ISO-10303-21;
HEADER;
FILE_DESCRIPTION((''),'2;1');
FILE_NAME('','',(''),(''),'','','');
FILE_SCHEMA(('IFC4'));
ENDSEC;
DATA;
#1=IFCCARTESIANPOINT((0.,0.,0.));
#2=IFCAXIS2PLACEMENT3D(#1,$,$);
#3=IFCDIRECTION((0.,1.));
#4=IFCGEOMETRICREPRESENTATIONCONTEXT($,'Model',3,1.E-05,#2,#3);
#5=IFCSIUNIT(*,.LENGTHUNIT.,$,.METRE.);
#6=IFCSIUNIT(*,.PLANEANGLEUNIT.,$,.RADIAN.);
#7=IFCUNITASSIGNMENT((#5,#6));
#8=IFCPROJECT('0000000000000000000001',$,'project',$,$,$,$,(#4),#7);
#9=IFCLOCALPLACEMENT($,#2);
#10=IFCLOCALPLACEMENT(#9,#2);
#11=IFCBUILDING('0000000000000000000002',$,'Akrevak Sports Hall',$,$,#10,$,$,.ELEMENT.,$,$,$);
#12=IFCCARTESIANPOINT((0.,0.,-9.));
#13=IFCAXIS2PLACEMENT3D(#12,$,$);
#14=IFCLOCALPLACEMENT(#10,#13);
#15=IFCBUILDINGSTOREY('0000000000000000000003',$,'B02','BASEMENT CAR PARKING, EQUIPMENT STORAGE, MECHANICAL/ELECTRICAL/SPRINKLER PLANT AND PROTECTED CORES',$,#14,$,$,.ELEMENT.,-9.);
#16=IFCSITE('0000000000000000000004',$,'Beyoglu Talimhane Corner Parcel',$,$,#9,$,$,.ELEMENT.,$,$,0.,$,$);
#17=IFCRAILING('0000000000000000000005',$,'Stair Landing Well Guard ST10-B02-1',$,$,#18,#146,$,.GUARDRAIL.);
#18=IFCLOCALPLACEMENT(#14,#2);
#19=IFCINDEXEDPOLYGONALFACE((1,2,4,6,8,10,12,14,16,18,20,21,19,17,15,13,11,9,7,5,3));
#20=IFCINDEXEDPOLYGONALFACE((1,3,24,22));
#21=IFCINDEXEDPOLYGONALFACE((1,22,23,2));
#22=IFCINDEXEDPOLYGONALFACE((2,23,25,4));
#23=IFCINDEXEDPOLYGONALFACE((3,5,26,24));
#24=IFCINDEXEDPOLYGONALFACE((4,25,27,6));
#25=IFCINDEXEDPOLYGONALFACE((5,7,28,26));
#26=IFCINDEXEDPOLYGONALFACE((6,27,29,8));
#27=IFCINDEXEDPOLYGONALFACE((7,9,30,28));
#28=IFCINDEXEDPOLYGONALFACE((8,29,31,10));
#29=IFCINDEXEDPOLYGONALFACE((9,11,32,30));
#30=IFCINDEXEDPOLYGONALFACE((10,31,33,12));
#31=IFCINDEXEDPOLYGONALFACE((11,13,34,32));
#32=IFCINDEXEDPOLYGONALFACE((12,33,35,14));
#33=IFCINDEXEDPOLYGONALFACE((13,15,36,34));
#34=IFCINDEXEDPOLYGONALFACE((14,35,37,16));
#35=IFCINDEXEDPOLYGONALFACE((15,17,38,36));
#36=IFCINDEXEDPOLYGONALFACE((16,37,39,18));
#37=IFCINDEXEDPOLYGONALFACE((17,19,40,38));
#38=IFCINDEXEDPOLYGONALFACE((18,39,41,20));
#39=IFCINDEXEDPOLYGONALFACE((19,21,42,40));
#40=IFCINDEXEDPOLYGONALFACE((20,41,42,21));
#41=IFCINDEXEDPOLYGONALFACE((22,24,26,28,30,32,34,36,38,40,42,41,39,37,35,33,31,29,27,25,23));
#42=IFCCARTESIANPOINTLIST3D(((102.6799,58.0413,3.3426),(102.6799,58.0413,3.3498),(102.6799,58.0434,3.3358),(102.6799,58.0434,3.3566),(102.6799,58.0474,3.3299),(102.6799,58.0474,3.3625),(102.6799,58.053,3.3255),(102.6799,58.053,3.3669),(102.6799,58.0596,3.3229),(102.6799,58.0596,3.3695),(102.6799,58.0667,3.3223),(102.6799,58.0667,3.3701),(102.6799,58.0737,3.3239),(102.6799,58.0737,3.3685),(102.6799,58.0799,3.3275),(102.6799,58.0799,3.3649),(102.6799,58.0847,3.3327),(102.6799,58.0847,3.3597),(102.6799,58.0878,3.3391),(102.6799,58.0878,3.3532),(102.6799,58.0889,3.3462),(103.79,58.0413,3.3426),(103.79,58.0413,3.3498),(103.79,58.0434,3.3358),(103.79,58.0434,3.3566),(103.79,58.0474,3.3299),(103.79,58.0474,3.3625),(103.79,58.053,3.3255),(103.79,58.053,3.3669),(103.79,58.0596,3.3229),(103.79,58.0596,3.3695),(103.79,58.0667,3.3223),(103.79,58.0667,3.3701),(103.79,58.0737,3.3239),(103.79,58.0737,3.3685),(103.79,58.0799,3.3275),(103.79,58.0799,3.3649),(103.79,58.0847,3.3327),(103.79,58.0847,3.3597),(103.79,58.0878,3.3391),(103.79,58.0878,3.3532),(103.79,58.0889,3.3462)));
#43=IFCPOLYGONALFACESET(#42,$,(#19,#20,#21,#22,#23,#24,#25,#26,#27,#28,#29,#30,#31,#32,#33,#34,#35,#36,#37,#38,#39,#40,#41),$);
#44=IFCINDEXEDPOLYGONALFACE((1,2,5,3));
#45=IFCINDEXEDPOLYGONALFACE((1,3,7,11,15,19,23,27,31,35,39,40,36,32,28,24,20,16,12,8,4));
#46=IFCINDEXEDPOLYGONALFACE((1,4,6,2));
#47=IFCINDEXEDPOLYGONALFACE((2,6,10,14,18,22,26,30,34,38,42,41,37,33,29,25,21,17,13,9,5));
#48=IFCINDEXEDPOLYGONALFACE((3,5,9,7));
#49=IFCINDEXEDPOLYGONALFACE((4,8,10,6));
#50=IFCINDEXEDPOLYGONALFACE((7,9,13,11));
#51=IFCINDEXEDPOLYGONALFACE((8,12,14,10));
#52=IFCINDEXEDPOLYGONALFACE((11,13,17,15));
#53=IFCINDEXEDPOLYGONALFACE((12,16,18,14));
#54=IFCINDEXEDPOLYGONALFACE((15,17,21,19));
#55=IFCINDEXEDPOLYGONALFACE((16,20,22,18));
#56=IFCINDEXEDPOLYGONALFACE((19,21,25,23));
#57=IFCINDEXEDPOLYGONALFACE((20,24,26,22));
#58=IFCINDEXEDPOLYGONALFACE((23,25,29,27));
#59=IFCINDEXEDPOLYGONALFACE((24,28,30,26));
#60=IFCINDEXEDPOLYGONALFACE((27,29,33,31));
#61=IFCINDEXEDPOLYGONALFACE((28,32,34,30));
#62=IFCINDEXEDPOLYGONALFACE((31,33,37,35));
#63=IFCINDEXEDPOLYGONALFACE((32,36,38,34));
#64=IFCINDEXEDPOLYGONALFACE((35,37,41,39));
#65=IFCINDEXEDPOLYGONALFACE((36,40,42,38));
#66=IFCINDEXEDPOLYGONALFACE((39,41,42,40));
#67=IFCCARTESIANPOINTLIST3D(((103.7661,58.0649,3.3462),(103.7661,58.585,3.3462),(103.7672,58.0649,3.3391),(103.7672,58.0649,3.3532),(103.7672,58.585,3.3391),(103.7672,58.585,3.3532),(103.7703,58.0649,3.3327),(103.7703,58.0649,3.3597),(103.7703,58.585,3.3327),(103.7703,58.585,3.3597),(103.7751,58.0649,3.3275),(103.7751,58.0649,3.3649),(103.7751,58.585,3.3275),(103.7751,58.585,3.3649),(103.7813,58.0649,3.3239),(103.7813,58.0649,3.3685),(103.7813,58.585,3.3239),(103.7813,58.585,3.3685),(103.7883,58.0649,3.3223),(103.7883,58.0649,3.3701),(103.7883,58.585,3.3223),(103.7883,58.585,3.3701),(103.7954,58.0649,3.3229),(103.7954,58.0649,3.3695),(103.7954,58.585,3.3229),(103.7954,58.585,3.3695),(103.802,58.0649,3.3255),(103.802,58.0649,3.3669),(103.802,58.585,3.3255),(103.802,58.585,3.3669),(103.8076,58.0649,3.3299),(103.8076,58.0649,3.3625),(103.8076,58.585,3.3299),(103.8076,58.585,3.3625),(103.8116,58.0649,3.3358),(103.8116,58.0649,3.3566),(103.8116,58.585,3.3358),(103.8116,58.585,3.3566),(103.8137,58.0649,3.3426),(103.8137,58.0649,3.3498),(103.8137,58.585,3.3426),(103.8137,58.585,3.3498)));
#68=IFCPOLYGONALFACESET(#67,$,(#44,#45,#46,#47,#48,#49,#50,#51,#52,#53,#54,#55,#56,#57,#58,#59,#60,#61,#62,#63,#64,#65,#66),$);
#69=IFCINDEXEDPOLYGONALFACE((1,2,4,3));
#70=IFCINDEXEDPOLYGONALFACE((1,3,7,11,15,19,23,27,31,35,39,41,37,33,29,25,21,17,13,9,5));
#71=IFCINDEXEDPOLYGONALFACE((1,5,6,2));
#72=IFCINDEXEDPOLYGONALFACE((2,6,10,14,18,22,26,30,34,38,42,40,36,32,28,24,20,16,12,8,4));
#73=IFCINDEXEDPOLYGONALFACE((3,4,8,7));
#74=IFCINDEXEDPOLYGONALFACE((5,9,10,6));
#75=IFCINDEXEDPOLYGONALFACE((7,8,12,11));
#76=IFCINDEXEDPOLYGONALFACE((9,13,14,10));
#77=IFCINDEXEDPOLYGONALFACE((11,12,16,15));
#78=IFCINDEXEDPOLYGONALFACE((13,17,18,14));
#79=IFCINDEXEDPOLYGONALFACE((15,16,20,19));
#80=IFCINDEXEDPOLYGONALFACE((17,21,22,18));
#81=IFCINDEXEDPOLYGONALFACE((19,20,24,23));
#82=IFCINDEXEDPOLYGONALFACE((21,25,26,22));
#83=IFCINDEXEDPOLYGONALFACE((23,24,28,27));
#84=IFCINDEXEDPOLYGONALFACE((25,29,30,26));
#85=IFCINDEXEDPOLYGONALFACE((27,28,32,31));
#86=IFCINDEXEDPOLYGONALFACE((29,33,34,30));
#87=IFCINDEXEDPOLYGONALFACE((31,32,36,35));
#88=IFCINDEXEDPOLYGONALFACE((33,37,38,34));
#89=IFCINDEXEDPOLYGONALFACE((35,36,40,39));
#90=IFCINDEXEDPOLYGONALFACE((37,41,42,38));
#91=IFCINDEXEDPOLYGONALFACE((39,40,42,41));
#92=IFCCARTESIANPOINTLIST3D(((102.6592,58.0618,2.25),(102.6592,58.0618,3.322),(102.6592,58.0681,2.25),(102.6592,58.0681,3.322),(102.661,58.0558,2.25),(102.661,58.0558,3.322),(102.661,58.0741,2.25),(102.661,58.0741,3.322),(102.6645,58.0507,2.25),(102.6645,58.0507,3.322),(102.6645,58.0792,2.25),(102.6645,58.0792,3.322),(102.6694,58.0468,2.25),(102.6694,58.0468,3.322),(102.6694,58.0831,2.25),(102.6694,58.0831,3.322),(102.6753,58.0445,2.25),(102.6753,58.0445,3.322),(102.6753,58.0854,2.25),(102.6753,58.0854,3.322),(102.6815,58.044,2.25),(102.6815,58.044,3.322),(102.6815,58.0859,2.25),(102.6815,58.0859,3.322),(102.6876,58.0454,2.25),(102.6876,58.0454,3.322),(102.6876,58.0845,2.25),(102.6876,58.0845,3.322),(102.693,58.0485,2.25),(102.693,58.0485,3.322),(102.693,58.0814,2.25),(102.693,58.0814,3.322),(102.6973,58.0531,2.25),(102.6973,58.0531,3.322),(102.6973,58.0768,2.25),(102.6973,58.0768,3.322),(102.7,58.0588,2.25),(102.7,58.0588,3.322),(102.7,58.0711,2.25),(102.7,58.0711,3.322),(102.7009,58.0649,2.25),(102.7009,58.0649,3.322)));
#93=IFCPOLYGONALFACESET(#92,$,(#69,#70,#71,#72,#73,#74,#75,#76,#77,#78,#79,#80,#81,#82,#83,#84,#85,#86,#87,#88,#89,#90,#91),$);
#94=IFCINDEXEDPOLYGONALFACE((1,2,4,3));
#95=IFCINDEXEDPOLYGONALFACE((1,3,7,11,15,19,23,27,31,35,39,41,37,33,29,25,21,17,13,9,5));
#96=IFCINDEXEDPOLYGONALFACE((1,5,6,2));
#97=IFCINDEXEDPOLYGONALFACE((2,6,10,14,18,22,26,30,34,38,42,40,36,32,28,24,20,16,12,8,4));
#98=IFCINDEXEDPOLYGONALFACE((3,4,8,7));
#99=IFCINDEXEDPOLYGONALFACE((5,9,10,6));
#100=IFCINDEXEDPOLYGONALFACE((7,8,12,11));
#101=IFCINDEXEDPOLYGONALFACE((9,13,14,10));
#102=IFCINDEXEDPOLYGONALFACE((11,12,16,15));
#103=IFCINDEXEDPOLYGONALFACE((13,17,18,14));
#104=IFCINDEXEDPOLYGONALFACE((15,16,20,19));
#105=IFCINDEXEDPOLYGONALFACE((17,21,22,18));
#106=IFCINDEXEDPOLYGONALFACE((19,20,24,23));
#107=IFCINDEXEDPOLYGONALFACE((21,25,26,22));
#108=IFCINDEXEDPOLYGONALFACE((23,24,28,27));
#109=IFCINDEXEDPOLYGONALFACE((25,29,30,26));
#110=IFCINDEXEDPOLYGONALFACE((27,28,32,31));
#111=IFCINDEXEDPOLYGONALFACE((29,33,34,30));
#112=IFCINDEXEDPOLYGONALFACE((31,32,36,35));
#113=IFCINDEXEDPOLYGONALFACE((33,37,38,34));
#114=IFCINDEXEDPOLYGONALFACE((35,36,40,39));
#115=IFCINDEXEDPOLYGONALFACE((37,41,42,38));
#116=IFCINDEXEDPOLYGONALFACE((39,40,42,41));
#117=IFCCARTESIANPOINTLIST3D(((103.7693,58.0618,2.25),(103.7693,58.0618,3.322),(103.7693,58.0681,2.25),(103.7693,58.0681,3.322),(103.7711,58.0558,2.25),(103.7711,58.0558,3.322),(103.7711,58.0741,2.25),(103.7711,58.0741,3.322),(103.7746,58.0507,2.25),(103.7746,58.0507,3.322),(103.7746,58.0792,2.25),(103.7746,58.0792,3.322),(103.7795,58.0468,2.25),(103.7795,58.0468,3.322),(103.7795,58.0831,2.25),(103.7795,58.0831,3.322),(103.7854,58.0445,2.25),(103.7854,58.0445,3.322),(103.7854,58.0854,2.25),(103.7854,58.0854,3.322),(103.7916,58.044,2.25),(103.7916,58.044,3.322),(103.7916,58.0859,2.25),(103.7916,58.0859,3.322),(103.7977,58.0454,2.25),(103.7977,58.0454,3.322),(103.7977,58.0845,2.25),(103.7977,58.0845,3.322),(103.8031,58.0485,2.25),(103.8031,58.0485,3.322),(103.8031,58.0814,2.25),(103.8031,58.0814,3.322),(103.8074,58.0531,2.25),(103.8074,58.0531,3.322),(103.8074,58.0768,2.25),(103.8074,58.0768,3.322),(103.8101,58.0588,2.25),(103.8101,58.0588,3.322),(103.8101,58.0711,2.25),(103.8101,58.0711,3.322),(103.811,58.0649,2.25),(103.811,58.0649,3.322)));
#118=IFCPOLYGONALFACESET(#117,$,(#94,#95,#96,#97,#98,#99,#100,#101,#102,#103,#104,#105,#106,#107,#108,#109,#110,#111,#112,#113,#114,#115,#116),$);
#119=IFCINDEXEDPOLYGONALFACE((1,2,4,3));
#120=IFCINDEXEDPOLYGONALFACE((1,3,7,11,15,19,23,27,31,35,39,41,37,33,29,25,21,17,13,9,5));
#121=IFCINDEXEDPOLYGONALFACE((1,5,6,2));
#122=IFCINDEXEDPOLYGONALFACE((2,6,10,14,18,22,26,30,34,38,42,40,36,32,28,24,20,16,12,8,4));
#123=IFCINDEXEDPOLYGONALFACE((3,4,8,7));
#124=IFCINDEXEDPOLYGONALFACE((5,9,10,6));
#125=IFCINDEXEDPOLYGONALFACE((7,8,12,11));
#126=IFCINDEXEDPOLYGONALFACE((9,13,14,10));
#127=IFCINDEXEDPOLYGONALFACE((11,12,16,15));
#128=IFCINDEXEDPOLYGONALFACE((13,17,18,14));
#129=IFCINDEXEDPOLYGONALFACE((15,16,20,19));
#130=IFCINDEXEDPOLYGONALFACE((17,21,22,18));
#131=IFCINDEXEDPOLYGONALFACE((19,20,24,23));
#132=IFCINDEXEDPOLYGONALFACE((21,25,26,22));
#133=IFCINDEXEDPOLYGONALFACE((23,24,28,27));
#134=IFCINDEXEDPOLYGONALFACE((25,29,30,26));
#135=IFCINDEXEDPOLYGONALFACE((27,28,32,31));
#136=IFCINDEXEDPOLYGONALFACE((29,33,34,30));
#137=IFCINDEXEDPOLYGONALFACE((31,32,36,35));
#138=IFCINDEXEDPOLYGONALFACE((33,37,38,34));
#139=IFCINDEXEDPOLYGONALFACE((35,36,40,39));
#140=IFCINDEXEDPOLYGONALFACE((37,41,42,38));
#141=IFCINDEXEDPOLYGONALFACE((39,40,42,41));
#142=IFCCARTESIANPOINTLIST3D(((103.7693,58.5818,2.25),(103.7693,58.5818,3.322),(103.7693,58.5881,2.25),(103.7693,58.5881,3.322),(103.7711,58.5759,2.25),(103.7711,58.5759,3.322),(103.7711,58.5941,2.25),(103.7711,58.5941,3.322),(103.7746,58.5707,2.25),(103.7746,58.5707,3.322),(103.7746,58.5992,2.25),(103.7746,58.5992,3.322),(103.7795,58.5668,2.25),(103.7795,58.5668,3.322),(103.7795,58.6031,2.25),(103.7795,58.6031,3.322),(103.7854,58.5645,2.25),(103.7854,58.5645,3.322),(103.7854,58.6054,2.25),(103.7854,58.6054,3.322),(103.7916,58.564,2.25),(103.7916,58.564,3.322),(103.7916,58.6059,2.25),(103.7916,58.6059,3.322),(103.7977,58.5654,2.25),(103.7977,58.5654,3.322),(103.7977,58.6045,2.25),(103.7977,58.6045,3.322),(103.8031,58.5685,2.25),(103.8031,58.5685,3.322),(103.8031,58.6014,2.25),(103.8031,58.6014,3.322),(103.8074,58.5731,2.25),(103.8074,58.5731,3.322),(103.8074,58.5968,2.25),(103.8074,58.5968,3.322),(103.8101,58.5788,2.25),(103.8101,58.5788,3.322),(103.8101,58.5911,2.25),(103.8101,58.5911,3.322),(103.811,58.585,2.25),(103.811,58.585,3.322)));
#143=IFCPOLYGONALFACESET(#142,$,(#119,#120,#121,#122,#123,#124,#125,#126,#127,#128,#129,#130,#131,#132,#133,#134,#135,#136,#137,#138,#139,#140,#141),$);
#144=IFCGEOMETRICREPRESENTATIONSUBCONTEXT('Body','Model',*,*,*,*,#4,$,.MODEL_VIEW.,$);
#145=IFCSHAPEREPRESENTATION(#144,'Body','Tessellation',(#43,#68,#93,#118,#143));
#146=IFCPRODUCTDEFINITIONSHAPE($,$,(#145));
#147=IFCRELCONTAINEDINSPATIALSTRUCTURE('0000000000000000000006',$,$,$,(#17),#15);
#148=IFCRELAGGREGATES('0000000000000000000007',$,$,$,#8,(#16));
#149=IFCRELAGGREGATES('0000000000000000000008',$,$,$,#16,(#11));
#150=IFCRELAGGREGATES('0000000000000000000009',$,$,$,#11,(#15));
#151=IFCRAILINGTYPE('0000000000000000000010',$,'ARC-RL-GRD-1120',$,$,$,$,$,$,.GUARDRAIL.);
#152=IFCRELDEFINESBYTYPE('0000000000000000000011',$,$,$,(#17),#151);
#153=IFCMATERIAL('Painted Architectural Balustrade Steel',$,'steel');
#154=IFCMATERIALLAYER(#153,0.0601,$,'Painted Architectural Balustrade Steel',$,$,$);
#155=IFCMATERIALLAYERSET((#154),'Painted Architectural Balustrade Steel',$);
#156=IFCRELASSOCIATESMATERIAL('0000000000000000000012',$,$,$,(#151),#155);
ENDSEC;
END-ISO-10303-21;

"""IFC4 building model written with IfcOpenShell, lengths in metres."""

from ifc_helpers import new_model, si_unit, direction, frame, origin, origin_2d, place, context, subcontext, project, spatial, circle, extrude, material, layer, layer_set, type_object, element, save


model = new_model("IFC4")

# Units and contexts
model_context = context("Model", 3, precision=1e-05, world=origin(), true_north=direction((0.0, 1.0)))
body_context = subcontext(model_context, "Body", "Model", "MODEL_VIEW")
ifc_project = project(units=[si_unit("LENGTHUNIT", "METRE"), si_unit("PLANEANGLEUNIT", "RADIAN")], contexts=[model_context])

# Site, building, storey
site_placement = place(None, origin())
site = spatial("IfcSite", under=ifc_project, at=site_placement, Name="Beyoglu Talimhane Corner Parcel", CompositionType="ELEMENT", RefElevation=0.0)
building_placement = place(site_placement, origin())
building = spatial("IfcBuilding", under=site, at=building_placement, Name="Akrevak Sports Hall", CompositionType="ELEMENT")
storey_placement = place(building_placement, frame((0.0, 0.0, -9.0)))
storey = spatial("IfcBuildingStorey", under=building, at=storey_placement, Name="B02", Description="BASEMENT CAR PARKING, EQUIPMENT STORAGE, MECHANICAL/ELECTRICAL/SPRINKLER PLANT AND PROTECTED CORES", CompositionType="ELEMENT", Elevation=-9.0)

# Railing
ifc_material_1 = material(Name="Painted Architectural Balustrade Steel", Category="steel")
ifc_layer_1 = layer(ifc_material_1, 0.0601, Name="Painted Architectural Balustrade Steel")
ifc_layer_set_1 = layer_set([ifc_layer_1], Name="Painted Architectural Balustrade Steel")
railing_type_1 = type_object("IfcRailingType", Name="ARC-RL-GRD-1120", PredefinedType="GUARDRAIL", material=ifc_layer_set_1)
railing_1_placement = place(storey_placement, frame((102.6799, 58.0649, 2.25)))
element("IfcRailing", 1, at=railing_1_placement, inside=storey, type_object=railing_type_1, Name="Stair Landing Well Guard ST10-B02-1", PredefinedType="GUARDRAIL", context=body_context, shape_type="SweptSolid", body=[
    extrude(circle(Radius=0.0239, at=origin_2d()), frame((0.0, 0.0, 1.0962), z_axis=(1.0, 0.0, 0.0), x_axis=(0.0, 1.0, 0.0)), (0.0, 0.0, 1.0), 1.1101),
    extrude(circle(Radius=0.0239, at=origin_2d()), frame((1.1101, 0.0, 1.0962), z_axis=(0.0, 1.0, 0.0), x_axis=(-1.0, 0.0, 0.0)), (0.0, 0.0, 1.0), 0.52),
    extrude(circle(Radius=0.021, at=origin_2d()), origin(), (0.0, 0.0, 1.0), 1.072),
    extrude(circle(Radius=0.021, at=origin_2d()), frame((1.1101, 0.0, 0.0)), (0.0, 0.0, 1.0), 1.072),
    extrude(circle(Radius=0.021, at=origin_2d()), frame((1.1101, 0.52, 0.0)), (0.0, 0.0, 1.0), 1.072),
])

save(model, "model.ifc")
